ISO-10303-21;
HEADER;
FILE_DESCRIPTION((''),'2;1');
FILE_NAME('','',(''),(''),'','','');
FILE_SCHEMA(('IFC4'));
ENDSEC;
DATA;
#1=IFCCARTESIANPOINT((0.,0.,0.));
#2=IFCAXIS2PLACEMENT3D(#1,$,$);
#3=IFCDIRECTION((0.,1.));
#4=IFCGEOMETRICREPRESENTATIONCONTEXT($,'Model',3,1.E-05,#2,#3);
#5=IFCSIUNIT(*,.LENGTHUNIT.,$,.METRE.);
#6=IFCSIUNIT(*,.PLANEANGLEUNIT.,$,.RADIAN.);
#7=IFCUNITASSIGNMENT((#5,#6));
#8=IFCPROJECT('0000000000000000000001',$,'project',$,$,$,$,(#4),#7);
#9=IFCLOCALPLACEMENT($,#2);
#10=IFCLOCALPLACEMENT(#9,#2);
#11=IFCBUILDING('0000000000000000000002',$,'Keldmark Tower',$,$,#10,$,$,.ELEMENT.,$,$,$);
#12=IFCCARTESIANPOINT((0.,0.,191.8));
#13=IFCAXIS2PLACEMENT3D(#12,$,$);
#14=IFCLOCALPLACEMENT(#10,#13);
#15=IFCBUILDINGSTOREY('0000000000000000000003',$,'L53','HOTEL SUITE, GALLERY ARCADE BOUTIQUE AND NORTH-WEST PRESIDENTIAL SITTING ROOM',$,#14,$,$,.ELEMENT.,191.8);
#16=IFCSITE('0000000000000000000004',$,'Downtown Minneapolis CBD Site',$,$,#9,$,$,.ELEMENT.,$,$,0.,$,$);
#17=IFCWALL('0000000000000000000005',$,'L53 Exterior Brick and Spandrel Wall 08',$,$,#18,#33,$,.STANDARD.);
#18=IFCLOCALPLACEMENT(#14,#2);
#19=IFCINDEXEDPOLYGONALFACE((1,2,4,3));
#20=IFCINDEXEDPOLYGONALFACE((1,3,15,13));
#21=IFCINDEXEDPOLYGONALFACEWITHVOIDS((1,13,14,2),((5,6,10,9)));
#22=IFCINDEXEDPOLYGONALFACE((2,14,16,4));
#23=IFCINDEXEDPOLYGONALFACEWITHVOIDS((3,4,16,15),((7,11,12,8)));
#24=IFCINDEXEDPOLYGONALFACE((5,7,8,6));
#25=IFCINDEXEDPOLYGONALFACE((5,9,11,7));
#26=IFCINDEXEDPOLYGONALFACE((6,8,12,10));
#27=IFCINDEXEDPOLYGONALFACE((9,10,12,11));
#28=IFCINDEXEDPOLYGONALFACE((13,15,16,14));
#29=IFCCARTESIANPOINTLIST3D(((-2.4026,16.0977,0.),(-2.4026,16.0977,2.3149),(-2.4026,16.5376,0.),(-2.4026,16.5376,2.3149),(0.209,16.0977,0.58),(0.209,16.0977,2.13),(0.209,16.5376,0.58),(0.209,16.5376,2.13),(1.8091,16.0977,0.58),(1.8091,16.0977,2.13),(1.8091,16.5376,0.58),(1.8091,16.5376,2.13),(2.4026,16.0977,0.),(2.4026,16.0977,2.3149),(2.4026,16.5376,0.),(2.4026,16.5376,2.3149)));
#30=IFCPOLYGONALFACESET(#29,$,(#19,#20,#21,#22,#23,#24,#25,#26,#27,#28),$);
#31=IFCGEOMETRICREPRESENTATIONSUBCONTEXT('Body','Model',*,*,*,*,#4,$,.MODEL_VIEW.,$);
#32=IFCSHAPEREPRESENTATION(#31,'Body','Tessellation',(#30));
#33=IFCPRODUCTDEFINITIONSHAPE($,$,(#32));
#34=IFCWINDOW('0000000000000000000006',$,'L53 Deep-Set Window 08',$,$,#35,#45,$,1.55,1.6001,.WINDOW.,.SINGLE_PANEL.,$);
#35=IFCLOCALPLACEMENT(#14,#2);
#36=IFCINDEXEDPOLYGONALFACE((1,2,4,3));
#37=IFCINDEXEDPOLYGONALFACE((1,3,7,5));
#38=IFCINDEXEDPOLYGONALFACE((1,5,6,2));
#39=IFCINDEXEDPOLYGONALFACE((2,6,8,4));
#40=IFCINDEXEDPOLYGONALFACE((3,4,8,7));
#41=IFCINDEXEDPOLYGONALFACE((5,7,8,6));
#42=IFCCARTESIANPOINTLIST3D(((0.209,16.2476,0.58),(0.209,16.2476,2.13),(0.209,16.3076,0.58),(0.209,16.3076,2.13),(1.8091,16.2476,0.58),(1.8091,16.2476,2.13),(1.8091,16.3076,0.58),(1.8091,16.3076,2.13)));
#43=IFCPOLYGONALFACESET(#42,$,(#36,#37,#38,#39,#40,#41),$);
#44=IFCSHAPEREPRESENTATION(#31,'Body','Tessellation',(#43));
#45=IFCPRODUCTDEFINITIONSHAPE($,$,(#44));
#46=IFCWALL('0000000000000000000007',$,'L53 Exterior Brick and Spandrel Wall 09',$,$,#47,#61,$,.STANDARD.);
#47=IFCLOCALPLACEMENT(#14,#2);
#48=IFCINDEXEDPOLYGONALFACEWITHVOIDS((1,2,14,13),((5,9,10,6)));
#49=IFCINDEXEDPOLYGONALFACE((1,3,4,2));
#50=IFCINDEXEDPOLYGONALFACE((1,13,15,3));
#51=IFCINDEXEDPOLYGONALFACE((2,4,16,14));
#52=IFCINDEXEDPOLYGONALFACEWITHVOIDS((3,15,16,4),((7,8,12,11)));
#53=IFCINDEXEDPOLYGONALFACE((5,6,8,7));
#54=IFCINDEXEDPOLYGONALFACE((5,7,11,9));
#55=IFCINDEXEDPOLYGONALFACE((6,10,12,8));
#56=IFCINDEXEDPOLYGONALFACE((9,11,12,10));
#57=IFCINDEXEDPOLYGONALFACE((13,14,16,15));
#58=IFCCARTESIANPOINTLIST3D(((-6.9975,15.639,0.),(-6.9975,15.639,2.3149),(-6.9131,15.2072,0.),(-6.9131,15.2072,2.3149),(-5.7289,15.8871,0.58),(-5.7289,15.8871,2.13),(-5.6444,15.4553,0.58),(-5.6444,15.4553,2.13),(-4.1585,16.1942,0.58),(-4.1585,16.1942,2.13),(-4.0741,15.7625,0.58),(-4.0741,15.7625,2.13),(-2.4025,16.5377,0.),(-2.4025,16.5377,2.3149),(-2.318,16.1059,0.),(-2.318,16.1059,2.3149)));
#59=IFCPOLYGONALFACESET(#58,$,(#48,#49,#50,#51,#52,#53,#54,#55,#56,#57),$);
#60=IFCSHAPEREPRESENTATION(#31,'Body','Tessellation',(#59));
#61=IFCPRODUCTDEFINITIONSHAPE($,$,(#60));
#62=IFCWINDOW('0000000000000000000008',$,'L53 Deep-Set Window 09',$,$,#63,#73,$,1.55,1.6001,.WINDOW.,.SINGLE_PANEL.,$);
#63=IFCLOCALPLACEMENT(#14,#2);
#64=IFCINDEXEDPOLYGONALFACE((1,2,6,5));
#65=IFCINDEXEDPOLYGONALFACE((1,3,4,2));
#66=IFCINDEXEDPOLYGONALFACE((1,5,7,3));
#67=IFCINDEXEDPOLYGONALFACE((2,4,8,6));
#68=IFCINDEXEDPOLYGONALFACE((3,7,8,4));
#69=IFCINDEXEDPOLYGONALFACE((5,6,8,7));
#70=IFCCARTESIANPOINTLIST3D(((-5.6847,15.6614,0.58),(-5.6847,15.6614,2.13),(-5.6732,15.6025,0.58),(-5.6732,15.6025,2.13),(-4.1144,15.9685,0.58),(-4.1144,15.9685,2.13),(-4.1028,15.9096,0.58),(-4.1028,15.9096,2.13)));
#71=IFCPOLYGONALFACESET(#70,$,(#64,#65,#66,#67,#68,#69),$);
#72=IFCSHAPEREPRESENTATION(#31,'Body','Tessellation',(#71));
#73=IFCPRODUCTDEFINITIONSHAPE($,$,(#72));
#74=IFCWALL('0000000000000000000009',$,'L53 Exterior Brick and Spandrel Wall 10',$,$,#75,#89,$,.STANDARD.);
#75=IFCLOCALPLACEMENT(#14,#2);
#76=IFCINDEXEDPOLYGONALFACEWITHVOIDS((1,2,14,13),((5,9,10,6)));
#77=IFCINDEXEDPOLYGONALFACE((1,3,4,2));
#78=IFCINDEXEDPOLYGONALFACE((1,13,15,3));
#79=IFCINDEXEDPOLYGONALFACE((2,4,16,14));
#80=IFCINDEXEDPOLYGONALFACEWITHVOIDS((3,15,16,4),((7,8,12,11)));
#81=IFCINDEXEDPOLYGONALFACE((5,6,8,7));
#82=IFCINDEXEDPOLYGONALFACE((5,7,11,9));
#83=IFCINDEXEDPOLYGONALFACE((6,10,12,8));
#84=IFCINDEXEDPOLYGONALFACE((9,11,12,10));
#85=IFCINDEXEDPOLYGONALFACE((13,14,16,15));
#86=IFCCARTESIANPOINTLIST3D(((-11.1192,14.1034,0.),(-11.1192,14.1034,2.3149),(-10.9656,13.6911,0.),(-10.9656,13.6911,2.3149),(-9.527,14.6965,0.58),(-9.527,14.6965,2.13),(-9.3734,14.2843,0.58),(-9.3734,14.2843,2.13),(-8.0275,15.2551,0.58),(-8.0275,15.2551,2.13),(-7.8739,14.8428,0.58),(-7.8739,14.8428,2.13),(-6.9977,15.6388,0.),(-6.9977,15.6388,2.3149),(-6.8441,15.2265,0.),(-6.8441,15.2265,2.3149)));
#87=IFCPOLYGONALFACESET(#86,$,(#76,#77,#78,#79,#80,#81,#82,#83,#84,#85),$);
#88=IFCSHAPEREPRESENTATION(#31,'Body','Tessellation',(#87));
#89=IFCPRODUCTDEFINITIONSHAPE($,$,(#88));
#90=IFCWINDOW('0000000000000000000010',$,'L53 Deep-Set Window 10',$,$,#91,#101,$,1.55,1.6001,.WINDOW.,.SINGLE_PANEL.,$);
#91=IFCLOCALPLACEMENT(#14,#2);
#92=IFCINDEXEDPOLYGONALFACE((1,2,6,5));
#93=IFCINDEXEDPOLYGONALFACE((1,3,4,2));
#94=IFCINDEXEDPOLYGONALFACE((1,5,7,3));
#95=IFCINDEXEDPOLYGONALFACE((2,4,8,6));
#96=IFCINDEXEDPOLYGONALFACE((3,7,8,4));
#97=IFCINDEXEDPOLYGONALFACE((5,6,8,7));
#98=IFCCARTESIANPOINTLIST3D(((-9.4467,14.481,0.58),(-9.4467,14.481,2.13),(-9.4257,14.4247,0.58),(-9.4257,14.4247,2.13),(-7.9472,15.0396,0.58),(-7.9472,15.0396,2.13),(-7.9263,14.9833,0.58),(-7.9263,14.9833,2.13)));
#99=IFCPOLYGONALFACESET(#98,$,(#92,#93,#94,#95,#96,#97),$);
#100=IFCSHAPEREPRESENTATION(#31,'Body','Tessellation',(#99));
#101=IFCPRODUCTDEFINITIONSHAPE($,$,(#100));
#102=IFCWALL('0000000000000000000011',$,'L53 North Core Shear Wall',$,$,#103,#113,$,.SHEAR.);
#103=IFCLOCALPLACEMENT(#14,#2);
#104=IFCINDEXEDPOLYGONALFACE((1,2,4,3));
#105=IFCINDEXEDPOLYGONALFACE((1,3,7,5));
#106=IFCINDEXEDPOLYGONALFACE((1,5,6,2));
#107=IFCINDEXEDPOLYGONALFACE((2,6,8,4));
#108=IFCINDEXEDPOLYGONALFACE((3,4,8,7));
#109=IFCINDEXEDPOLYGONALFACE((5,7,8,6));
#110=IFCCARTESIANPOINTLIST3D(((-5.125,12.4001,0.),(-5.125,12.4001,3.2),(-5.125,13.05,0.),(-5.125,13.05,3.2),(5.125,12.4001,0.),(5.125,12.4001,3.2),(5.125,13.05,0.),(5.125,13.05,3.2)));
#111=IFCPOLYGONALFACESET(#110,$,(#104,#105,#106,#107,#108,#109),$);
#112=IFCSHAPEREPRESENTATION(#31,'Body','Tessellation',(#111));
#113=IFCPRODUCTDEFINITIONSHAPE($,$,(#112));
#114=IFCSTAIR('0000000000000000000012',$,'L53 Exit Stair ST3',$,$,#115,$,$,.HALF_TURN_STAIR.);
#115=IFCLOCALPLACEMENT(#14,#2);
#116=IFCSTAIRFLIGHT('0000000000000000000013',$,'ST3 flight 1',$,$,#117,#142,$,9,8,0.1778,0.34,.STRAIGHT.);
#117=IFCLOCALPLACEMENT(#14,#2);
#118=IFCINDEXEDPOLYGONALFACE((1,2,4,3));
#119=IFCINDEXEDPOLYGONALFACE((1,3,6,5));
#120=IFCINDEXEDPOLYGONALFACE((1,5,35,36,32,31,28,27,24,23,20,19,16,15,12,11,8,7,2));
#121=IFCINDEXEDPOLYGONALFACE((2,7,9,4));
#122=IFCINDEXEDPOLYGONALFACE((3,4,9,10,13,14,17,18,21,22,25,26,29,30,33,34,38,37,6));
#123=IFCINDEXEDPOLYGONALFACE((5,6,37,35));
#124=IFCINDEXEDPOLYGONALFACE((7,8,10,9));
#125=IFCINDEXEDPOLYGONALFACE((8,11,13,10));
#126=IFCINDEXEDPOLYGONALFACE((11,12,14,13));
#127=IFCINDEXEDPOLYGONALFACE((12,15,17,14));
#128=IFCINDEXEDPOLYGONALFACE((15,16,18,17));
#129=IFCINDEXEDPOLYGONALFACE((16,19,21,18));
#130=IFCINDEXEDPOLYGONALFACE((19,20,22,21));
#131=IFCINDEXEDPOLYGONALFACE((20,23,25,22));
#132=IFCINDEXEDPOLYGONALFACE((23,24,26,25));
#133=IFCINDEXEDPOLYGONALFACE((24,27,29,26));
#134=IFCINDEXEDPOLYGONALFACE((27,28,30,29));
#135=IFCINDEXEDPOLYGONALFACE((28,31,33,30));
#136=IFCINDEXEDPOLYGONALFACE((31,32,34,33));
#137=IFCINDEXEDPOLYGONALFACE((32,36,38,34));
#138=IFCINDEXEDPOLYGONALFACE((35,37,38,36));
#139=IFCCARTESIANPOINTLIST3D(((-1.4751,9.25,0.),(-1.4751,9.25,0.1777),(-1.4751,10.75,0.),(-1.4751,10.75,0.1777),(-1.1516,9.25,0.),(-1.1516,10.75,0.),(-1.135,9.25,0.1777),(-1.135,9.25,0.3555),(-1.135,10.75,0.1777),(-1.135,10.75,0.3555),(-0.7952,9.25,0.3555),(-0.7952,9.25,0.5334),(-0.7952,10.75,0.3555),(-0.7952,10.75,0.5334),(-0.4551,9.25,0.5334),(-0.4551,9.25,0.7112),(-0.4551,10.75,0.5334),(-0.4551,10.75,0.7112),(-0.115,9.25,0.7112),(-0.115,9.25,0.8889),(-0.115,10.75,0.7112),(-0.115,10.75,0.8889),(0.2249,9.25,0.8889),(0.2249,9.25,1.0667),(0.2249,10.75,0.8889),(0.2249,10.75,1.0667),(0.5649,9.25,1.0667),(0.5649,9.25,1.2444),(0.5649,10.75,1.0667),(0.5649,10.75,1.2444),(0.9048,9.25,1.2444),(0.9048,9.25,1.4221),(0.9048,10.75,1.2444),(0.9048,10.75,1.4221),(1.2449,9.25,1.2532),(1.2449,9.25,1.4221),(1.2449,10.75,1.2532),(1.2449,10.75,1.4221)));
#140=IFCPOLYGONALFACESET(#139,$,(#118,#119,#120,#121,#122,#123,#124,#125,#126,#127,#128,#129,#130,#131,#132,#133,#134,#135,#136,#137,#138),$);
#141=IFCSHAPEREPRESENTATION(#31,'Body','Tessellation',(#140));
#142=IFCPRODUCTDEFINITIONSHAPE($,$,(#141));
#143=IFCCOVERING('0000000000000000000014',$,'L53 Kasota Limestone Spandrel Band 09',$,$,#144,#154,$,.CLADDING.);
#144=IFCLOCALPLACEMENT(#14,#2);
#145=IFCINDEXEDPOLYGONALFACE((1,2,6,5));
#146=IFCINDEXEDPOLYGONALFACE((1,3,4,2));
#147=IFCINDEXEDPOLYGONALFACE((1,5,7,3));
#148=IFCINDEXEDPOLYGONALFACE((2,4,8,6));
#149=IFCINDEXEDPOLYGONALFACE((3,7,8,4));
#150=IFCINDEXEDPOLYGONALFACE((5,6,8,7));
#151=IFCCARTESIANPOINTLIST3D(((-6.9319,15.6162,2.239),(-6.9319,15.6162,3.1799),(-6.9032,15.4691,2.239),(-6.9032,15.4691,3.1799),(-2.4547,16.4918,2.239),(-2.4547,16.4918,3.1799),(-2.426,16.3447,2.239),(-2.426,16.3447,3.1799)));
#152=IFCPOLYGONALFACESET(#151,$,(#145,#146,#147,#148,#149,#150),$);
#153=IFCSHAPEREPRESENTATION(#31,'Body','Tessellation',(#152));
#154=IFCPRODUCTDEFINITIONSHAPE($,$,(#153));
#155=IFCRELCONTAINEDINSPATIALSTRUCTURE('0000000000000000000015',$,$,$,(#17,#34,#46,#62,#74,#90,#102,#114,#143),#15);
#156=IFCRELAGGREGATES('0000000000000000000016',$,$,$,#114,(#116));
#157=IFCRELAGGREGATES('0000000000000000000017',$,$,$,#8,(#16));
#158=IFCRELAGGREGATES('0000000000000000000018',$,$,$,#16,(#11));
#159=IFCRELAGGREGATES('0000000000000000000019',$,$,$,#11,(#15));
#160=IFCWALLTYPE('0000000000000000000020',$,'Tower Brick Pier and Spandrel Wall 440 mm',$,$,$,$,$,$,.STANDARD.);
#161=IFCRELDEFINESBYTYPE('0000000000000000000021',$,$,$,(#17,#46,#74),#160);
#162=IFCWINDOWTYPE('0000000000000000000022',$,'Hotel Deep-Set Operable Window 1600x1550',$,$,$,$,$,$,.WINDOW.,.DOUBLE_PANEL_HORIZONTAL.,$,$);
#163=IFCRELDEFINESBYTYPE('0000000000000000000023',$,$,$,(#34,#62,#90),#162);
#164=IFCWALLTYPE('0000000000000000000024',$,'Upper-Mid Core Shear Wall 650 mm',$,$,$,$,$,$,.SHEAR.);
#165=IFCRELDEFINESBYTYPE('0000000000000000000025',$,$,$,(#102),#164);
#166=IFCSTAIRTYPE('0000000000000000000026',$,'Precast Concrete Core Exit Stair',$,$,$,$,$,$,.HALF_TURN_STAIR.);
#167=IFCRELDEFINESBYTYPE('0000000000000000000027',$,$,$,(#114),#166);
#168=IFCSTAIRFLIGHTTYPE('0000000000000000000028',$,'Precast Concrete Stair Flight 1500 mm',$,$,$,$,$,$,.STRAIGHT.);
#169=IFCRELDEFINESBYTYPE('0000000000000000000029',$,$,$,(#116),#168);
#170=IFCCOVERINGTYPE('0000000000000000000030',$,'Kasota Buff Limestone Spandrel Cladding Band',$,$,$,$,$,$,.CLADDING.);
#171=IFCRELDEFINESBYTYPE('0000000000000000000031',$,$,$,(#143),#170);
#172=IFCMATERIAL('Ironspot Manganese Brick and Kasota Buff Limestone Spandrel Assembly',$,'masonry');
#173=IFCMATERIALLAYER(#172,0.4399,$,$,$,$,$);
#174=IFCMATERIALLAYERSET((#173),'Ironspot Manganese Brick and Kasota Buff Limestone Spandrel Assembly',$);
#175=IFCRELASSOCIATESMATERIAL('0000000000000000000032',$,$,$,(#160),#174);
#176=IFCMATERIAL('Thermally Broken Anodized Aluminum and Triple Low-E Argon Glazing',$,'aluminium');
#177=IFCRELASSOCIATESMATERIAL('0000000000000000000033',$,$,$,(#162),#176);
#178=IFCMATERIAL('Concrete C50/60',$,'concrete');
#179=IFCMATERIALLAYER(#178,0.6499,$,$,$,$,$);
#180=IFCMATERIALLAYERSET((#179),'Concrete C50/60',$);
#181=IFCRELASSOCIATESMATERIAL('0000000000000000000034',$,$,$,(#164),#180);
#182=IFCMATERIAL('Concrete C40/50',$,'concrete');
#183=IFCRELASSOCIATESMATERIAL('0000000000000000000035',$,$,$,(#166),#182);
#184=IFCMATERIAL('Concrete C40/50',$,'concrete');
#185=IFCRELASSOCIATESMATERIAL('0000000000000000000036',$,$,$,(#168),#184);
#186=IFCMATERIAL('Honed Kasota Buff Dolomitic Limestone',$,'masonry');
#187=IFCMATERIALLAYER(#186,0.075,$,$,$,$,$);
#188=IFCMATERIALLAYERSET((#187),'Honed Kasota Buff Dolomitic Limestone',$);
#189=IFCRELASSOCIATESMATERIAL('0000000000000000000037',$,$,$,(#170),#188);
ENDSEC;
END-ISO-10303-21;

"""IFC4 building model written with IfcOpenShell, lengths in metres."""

from ifc_helpers import new_model, si_unit, direction, frame, frame_2d, origin, origin_2d, place, context, subcontext, project, spatial, polyline, rectangle, outline, extrude, material, layer, layer_set, type_object, element, fill, aggregate, save


model = new_model("IFC4")

# Units and contexts
model_context = context("Model", 3, precision=1e-05, world=origin(), true_north=direction((0.0, 1.0)))
body_context = subcontext(model_context, "Body", "Model", "MODEL_VIEW")
ifc_project = project(units=[si_unit("LENGTHUNIT", "METRE"), si_unit("PLANEANGLEUNIT", "RADIAN")], contexts=[model_context])

# Site, building, storey
site_placement = place(None, origin())
site = spatial("IfcSite", under=ifc_project, at=site_placement, Name="Downtown Minneapolis CBD Site", CompositionType="ELEMENT", RefElevation=0.0)
building_placement = place(site_placement, origin())
building = spatial("IfcBuilding", under=site, at=building_placement, Name="Keldmark Tower", CompositionType="ELEMENT")
storey_placement = place(building_placement, frame((0.0, 0.0, 191.8)))
storey = spatial("IfcBuildingStorey", under=building, at=storey_placement, Name="L53", Description="HOTEL SUITE, GALLERY ARCADE BOUTIQUE AND NORTH-WEST PRESIDENTIAL SITTING ROOM", CompositionType="ELEMENT", Elevation=191.8)

# Walls, openings, windows
ifc_material_1 = material(Name="Ironspot Manganese Brick and Kasota Buff Limestone Spandrel Assembly", Category="masonry")
ifc_layer_1 = layer(ifc_material_1, 0.4399)
ifc_layer_set_1 = layer_set([ifc_layer_1], Name="Ironspot Manganese Brick and Kasota Buff Limestone Spandrel Assembly")
wall_type_1 = type_object("IfcWallType", Name="Tower Brick Pier and Spandrel Wall 440 mm", PredefinedType="STANDARD", material=ifc_layer_set_1)
wall_1_placement = place(storey_placement, frame((-2.4026, 16.3176, 0.0), z_axis=(0.0, 0.0, 1.0), x_axis=(1.0, 0.0, 0.0)))
wall_1 = element("IfcWall", 1, at=wall_1_placement, inside=storey, type_object=wall_type_1, Name="L53 Exterior Brick and Spandrel Wall 08", PredefinedType="STANDARD", context=body_context, shape_type="SweptSolid", body=[
    extrude(rectangle(XDim=4.8052, YDim=0.4399, at=frame_2d((2.4026, 0.0))), origin(), (0.0, 0.0, 1.0), 2.3149),
])
opening_1_placement = place(wall_1_placement, frame((2.6116, 0.0, 0.5801)))
opening_1 = element("IfcOpeningElement", 2, at=opening_1_placement, cuts=wall_1, PredefinedType="OPENING", context=body_context, shape_type="SweptSolid", body=[
    extrude(rectangle(XDim=1.6001, YDim=1.55, at=frame_2d((0.8, 0.7749))), frame((0.0, 0.23, 0.0), z_axis=(0.0, -1.0, 0.0), x_axis=(1.0, 0.0, 0.0)), (0.0, 0.0, 1.0), 0.46),
])
ifc_material_2 = material(Name="Thermally Broken Anodized Aluminum and Triple Low-E Argon Glazing", Category="aluminium")
window_type = type_object("IfcWindowType", Name="Hotel Deep-Set Operable Window 1600x1550", PartitioningType="DOUBLE_PANEL_HORIZONTAL", PredefinedType="WINDOW", material=ifc_material_2)
window_1_placement = place(opening_1_placement, origin())
window_1 = element("IfcWindow", 3, at=window_1_placement, inside=storey, type_object=window_type, Name="L53 Deep-Set Window 08", OverallHeight=1.55, OverallWidth=1.6001, PartitioningType="SINGLE_PANEL", PredefinedType="WINDOW", context=body_context, shape_type="SweptSolid", body=[
    extrude(rectangle(XDim=1.6001, YDim=1.55, at=frame_2d((0.8, 0.7749))), frame((0.0, -0.01, 0.0), z_axis=(0.0, -1.0, 0.0), x_axis=(1.0, 0.0, 0.0)), (0.0, 0.0, 1.0), 0.0601),
])
fill(opening_1, window_1)
wall_2_placement = place(storey_placement, frame((-6.9553, 15.4231, 0.0), z_axis=(0.0, 0.0, 1.0), x_axis=(0.981406, 0.191943, 0.0)))
wall_2 = element("IfcWall", 4, at=wall_2_placement, inside=storey, type_object=wall_type_1, Name="L53 Exterior Brick and Spandrel Wall 09", PredefinedType="STANDARD", context=body_context, shape_type="SweptSolid", body=[
    extrude(rectangle(XDim=4.6821, YDim=0.4399, at=frame_2d((2.3411, 0.0))), origin(), (0.0, 0.0, 1.0), 2.3149),
])
opening_2_placement = place(wall_2_placement, frame((1.2927, 0.0, 0.5801)))
opening_2 = element("IfcOpeningElement", 5, at=opening_2_placement, cuts=wall_2, PredefinedType="OPENING", context=body_context, shape_type="SweptSolid", body=[
    extrude(rectangle(XDim=1.6001, YDim=1.55, at=frame_2d((0.8, 0.7749))), frame((0.0, 0.23, 0.0), z_axis=(0.0, -1.0, 0.0), x_axis=(1.0, 0.0, 0.0)), (0.0, 0.0, 1.0), 0.46),
])
window_2_placement = place(opening_2_placement, origin())
window_2 = element("IfcWindow", 6, at=window_2_placement, inside=storey, type_object=window_type, Name="L53 Deep-Set Window 09", OverallHeight=1.55, OverallWidth=1.6001, PartitioningType="SINGLE_PANEL", PredefinedType="WINDOW", context=body_context, shape_type="SweptSolid", body=[
    extrude(rectangle(XDim=1.6001, YDim=1.55, at=frame_2d((0.8, 0.7749))), frame((0.0, -0.01, 0.0), z_axis=(0.0, -1.0, 0.0), x_axis=(1.0, 0.0, 0.0)), (0.0, 0.0, 1.0), 0.0601),
])
fill(opening_2, window_2)
wall_3_placement = place(storey_placement, frame((-11.0425, 13.8972, 0.0), z_axis=(0.0, 0.0, 1.0), x_axis=(0.937089, 0.349091, 0.0)))
wall_3 = element("IfcWall", 7, at=wall_3_placement, inside=storey, type_object=wall_type_1, Name="L53 Exterior Brick and Spandrel Wall 10", PredefinedType="STANDARD", context=body_context, shape_type="SweptSolid", body=[
    extrude(rectangle(XDim=4.3982, YDim=0.4399, at=frame_2d((2.1992, 0.0))), origin(), (0.0, 0.0, 1.0), 2.3149),
])
opening_3_placement = place(wall_3_placement, frame((1.6992, 0.0, 0.5801)))
opening_3 = element("IfcOpeningElement", 8, at=opening_3_placement, cuts=wall_3, PredefinedType="OPENING", context=body_context, shape_type="SweptSolid", body=[
    extrude(rectangle(XDim=1.6001, YDim=1.55, at=frame_2d((0.8, 0.7749))), frame((0.0, 0.23, 0.0), z_axis=(0.0, -1.0, 0.0), x_axis=(1.0, 0.0, 0.0)), (0.0, 0.0, 1.0), 0.46),
])
window_3_placement = place(opening_3_placement, origin())
window_3 = element("IfcWindow", 9, at=window_3_placement, inside=storey, type_object=window_type, Name="L53 Deep-Set Window 10", OverallHeight=1.55, OverallWidth=1.6001, PartitioningType="SINGLE_PANEL", PredefinedType="WINDOW", context=body_context, shape_type="SweptSolid", body=[
    extrude(rectangle(XDim=1.6001, YDim=1.55, at=frame_2d((0.8, 0.7749))), frame((0.0, -0.01, 0.0), z_axis=(0.0, -1.0, 0.0), x_axis=(1.0, 0.0, 0.0)), (0.0, 0.0, 1.0), 0.0601),
])
fill(opening_3, window_3)

# Wall
ifc_material_3 = material(Name="Concrete C50/60", Category="concrete")
ifc_layer_2 = layer(ifc_material_3, 0.6499)
ifc_layer_set_2 = layer_set([ifc_layer_2], Name="Concrete C50/60")
wall_type_2 = type_object("IfcWallType", Name="Upper-Mid Core Shear Wall 650 mm", PredefinedType="SHEAR", material=ifc_layer_set_2)
wall_4_placement = place(storey_placement, frame((-5.125, 12.7251, 0.0), z_axis=(0.0, 0.0, 1.0), x_axis=(1.0, 0.0, 0.0)))
element("IfcWall", 10, at=wall_4_placement, inside=storey, type_object=wall_type_2, Name="L53 North Core Shear Wall", PredefinedType="SHEAR", context=body_context, shape_type="SweptSolid", body=[
    extrude(rectangle(XDim=10.25, YDim=0.6499, at=frame_2d((5.125, 0.0))), origin(), (0.0, 0.0, 1.0), 3.2),
])

# Stair, stair flight
ifc_material_4 = material(Name="Concrete C40/50", Category="concrete")
stair_type = type_object("IfcStairType", Name="Precast Concrete Core Exit Stair", PredefinedType="HALF_TURN_STAIR", material=ifc_material_4)
stair_placement = place(storey_placement, origin())
stair = element("IfcStair", 11, at=stair_placement, inside=storey, type_object=stair_type, Name="L53 Exit Stair ST3", PredefinedType="HALF_TURN_STAIR")
ifc_material_5 = material(Name="Concrete C40/50", Category="concrete")
stair_flight_type = type_object("IfcStairFlightType", Name="Precast Concrete Stair Flight 1500 mm", PredefinedType="STRAIGHT", material=ifc_material_5)
stair_flight_placement = place(storey_placement, frame((-1.4751, 10.0, 0.0), z_axis=(0.0, 0.0, 1.0), x_axis=(1.0, 0.0, 0.0)))
stair_flight = element("IfcStairFlight", 12, at=stair_flight_placement, type_object=stair_flight_type, Name="ST3 flight 1", NumberOfRisers=9, NumberOfTreads=8, PredefinedType="STRAIGHT", RiserHeight=0.1778, TreadLength=0.34, context=body_context, shape_type="SweptSolid", body=[
    extrude(outline(polyline([(0.0, 0.0), (0.0, 0.1777), (0.3401, 0.1777), (0.3401, 0.3555), (0.6799, 0.3555), (0.6799, 0.5334), (1.02, 0.5334), (1.02, 0.7112), (1.3601, 0.7112), (1.3601, 0.8889), (1.7, 0.8889), (1.7, 1.0667), (2.04, 1.0667), (2.04, 1.2444), (2.3799, 1.2444), (2.3799, 1.4221), (2.72, 1.4221), (2.72, 1.6001), (2.72, 1.2532), (0.3235, 0.0), (0.0, 0.0)])), frame((0.0, 0.75, 0.0), z_axis=(0.0, -1.0, 0.0), x_axis=(1.0, 0.0, 0.0)), (0.0, 0.0, 1.0), 1.5),
])
aggregate(stair, [stair_flight])

# Covering
ifc_material_6 = material(Name="Honed Kasota Buff Dolomitic Limestone", Category="masonry")
ifc_layer_3 = layer(ifc_material_6, 0.075)
ifc_layer_set_3 = layer_set([ifc_layer_3], Name="Honed Kasota Buff Dolomitic Limestone")
covering_type = type_object("IfcCoveringType", Name="Kasota Buff Limestone Spandrel Cladding Band", PredefinedType="CLADDING", material=ifc_layer_set_3)
covering_placement = place(storey_placement, frame((-4.679, 15.9805, 2.239), z_axis=(0.0, 0.0, 1.0), x_axis=(-0.981407, -0.19194, 0.0)))
element("IfcCovering", 13, at=covering_placement, inside=storey, type_object=covering_type, Name="L53 Kasota Limestone Spandrel Band 09", PredefinedType="CLADDING", context=body_context, shape_type="SweptSolid", body=[
    extrude(rectangle(XDim=4.562, YDim=0.1499, at=origin_2d()), origin(), (0.0, 0.0, 1.0), 0.9409),
])

save(model, "model.ifc")
